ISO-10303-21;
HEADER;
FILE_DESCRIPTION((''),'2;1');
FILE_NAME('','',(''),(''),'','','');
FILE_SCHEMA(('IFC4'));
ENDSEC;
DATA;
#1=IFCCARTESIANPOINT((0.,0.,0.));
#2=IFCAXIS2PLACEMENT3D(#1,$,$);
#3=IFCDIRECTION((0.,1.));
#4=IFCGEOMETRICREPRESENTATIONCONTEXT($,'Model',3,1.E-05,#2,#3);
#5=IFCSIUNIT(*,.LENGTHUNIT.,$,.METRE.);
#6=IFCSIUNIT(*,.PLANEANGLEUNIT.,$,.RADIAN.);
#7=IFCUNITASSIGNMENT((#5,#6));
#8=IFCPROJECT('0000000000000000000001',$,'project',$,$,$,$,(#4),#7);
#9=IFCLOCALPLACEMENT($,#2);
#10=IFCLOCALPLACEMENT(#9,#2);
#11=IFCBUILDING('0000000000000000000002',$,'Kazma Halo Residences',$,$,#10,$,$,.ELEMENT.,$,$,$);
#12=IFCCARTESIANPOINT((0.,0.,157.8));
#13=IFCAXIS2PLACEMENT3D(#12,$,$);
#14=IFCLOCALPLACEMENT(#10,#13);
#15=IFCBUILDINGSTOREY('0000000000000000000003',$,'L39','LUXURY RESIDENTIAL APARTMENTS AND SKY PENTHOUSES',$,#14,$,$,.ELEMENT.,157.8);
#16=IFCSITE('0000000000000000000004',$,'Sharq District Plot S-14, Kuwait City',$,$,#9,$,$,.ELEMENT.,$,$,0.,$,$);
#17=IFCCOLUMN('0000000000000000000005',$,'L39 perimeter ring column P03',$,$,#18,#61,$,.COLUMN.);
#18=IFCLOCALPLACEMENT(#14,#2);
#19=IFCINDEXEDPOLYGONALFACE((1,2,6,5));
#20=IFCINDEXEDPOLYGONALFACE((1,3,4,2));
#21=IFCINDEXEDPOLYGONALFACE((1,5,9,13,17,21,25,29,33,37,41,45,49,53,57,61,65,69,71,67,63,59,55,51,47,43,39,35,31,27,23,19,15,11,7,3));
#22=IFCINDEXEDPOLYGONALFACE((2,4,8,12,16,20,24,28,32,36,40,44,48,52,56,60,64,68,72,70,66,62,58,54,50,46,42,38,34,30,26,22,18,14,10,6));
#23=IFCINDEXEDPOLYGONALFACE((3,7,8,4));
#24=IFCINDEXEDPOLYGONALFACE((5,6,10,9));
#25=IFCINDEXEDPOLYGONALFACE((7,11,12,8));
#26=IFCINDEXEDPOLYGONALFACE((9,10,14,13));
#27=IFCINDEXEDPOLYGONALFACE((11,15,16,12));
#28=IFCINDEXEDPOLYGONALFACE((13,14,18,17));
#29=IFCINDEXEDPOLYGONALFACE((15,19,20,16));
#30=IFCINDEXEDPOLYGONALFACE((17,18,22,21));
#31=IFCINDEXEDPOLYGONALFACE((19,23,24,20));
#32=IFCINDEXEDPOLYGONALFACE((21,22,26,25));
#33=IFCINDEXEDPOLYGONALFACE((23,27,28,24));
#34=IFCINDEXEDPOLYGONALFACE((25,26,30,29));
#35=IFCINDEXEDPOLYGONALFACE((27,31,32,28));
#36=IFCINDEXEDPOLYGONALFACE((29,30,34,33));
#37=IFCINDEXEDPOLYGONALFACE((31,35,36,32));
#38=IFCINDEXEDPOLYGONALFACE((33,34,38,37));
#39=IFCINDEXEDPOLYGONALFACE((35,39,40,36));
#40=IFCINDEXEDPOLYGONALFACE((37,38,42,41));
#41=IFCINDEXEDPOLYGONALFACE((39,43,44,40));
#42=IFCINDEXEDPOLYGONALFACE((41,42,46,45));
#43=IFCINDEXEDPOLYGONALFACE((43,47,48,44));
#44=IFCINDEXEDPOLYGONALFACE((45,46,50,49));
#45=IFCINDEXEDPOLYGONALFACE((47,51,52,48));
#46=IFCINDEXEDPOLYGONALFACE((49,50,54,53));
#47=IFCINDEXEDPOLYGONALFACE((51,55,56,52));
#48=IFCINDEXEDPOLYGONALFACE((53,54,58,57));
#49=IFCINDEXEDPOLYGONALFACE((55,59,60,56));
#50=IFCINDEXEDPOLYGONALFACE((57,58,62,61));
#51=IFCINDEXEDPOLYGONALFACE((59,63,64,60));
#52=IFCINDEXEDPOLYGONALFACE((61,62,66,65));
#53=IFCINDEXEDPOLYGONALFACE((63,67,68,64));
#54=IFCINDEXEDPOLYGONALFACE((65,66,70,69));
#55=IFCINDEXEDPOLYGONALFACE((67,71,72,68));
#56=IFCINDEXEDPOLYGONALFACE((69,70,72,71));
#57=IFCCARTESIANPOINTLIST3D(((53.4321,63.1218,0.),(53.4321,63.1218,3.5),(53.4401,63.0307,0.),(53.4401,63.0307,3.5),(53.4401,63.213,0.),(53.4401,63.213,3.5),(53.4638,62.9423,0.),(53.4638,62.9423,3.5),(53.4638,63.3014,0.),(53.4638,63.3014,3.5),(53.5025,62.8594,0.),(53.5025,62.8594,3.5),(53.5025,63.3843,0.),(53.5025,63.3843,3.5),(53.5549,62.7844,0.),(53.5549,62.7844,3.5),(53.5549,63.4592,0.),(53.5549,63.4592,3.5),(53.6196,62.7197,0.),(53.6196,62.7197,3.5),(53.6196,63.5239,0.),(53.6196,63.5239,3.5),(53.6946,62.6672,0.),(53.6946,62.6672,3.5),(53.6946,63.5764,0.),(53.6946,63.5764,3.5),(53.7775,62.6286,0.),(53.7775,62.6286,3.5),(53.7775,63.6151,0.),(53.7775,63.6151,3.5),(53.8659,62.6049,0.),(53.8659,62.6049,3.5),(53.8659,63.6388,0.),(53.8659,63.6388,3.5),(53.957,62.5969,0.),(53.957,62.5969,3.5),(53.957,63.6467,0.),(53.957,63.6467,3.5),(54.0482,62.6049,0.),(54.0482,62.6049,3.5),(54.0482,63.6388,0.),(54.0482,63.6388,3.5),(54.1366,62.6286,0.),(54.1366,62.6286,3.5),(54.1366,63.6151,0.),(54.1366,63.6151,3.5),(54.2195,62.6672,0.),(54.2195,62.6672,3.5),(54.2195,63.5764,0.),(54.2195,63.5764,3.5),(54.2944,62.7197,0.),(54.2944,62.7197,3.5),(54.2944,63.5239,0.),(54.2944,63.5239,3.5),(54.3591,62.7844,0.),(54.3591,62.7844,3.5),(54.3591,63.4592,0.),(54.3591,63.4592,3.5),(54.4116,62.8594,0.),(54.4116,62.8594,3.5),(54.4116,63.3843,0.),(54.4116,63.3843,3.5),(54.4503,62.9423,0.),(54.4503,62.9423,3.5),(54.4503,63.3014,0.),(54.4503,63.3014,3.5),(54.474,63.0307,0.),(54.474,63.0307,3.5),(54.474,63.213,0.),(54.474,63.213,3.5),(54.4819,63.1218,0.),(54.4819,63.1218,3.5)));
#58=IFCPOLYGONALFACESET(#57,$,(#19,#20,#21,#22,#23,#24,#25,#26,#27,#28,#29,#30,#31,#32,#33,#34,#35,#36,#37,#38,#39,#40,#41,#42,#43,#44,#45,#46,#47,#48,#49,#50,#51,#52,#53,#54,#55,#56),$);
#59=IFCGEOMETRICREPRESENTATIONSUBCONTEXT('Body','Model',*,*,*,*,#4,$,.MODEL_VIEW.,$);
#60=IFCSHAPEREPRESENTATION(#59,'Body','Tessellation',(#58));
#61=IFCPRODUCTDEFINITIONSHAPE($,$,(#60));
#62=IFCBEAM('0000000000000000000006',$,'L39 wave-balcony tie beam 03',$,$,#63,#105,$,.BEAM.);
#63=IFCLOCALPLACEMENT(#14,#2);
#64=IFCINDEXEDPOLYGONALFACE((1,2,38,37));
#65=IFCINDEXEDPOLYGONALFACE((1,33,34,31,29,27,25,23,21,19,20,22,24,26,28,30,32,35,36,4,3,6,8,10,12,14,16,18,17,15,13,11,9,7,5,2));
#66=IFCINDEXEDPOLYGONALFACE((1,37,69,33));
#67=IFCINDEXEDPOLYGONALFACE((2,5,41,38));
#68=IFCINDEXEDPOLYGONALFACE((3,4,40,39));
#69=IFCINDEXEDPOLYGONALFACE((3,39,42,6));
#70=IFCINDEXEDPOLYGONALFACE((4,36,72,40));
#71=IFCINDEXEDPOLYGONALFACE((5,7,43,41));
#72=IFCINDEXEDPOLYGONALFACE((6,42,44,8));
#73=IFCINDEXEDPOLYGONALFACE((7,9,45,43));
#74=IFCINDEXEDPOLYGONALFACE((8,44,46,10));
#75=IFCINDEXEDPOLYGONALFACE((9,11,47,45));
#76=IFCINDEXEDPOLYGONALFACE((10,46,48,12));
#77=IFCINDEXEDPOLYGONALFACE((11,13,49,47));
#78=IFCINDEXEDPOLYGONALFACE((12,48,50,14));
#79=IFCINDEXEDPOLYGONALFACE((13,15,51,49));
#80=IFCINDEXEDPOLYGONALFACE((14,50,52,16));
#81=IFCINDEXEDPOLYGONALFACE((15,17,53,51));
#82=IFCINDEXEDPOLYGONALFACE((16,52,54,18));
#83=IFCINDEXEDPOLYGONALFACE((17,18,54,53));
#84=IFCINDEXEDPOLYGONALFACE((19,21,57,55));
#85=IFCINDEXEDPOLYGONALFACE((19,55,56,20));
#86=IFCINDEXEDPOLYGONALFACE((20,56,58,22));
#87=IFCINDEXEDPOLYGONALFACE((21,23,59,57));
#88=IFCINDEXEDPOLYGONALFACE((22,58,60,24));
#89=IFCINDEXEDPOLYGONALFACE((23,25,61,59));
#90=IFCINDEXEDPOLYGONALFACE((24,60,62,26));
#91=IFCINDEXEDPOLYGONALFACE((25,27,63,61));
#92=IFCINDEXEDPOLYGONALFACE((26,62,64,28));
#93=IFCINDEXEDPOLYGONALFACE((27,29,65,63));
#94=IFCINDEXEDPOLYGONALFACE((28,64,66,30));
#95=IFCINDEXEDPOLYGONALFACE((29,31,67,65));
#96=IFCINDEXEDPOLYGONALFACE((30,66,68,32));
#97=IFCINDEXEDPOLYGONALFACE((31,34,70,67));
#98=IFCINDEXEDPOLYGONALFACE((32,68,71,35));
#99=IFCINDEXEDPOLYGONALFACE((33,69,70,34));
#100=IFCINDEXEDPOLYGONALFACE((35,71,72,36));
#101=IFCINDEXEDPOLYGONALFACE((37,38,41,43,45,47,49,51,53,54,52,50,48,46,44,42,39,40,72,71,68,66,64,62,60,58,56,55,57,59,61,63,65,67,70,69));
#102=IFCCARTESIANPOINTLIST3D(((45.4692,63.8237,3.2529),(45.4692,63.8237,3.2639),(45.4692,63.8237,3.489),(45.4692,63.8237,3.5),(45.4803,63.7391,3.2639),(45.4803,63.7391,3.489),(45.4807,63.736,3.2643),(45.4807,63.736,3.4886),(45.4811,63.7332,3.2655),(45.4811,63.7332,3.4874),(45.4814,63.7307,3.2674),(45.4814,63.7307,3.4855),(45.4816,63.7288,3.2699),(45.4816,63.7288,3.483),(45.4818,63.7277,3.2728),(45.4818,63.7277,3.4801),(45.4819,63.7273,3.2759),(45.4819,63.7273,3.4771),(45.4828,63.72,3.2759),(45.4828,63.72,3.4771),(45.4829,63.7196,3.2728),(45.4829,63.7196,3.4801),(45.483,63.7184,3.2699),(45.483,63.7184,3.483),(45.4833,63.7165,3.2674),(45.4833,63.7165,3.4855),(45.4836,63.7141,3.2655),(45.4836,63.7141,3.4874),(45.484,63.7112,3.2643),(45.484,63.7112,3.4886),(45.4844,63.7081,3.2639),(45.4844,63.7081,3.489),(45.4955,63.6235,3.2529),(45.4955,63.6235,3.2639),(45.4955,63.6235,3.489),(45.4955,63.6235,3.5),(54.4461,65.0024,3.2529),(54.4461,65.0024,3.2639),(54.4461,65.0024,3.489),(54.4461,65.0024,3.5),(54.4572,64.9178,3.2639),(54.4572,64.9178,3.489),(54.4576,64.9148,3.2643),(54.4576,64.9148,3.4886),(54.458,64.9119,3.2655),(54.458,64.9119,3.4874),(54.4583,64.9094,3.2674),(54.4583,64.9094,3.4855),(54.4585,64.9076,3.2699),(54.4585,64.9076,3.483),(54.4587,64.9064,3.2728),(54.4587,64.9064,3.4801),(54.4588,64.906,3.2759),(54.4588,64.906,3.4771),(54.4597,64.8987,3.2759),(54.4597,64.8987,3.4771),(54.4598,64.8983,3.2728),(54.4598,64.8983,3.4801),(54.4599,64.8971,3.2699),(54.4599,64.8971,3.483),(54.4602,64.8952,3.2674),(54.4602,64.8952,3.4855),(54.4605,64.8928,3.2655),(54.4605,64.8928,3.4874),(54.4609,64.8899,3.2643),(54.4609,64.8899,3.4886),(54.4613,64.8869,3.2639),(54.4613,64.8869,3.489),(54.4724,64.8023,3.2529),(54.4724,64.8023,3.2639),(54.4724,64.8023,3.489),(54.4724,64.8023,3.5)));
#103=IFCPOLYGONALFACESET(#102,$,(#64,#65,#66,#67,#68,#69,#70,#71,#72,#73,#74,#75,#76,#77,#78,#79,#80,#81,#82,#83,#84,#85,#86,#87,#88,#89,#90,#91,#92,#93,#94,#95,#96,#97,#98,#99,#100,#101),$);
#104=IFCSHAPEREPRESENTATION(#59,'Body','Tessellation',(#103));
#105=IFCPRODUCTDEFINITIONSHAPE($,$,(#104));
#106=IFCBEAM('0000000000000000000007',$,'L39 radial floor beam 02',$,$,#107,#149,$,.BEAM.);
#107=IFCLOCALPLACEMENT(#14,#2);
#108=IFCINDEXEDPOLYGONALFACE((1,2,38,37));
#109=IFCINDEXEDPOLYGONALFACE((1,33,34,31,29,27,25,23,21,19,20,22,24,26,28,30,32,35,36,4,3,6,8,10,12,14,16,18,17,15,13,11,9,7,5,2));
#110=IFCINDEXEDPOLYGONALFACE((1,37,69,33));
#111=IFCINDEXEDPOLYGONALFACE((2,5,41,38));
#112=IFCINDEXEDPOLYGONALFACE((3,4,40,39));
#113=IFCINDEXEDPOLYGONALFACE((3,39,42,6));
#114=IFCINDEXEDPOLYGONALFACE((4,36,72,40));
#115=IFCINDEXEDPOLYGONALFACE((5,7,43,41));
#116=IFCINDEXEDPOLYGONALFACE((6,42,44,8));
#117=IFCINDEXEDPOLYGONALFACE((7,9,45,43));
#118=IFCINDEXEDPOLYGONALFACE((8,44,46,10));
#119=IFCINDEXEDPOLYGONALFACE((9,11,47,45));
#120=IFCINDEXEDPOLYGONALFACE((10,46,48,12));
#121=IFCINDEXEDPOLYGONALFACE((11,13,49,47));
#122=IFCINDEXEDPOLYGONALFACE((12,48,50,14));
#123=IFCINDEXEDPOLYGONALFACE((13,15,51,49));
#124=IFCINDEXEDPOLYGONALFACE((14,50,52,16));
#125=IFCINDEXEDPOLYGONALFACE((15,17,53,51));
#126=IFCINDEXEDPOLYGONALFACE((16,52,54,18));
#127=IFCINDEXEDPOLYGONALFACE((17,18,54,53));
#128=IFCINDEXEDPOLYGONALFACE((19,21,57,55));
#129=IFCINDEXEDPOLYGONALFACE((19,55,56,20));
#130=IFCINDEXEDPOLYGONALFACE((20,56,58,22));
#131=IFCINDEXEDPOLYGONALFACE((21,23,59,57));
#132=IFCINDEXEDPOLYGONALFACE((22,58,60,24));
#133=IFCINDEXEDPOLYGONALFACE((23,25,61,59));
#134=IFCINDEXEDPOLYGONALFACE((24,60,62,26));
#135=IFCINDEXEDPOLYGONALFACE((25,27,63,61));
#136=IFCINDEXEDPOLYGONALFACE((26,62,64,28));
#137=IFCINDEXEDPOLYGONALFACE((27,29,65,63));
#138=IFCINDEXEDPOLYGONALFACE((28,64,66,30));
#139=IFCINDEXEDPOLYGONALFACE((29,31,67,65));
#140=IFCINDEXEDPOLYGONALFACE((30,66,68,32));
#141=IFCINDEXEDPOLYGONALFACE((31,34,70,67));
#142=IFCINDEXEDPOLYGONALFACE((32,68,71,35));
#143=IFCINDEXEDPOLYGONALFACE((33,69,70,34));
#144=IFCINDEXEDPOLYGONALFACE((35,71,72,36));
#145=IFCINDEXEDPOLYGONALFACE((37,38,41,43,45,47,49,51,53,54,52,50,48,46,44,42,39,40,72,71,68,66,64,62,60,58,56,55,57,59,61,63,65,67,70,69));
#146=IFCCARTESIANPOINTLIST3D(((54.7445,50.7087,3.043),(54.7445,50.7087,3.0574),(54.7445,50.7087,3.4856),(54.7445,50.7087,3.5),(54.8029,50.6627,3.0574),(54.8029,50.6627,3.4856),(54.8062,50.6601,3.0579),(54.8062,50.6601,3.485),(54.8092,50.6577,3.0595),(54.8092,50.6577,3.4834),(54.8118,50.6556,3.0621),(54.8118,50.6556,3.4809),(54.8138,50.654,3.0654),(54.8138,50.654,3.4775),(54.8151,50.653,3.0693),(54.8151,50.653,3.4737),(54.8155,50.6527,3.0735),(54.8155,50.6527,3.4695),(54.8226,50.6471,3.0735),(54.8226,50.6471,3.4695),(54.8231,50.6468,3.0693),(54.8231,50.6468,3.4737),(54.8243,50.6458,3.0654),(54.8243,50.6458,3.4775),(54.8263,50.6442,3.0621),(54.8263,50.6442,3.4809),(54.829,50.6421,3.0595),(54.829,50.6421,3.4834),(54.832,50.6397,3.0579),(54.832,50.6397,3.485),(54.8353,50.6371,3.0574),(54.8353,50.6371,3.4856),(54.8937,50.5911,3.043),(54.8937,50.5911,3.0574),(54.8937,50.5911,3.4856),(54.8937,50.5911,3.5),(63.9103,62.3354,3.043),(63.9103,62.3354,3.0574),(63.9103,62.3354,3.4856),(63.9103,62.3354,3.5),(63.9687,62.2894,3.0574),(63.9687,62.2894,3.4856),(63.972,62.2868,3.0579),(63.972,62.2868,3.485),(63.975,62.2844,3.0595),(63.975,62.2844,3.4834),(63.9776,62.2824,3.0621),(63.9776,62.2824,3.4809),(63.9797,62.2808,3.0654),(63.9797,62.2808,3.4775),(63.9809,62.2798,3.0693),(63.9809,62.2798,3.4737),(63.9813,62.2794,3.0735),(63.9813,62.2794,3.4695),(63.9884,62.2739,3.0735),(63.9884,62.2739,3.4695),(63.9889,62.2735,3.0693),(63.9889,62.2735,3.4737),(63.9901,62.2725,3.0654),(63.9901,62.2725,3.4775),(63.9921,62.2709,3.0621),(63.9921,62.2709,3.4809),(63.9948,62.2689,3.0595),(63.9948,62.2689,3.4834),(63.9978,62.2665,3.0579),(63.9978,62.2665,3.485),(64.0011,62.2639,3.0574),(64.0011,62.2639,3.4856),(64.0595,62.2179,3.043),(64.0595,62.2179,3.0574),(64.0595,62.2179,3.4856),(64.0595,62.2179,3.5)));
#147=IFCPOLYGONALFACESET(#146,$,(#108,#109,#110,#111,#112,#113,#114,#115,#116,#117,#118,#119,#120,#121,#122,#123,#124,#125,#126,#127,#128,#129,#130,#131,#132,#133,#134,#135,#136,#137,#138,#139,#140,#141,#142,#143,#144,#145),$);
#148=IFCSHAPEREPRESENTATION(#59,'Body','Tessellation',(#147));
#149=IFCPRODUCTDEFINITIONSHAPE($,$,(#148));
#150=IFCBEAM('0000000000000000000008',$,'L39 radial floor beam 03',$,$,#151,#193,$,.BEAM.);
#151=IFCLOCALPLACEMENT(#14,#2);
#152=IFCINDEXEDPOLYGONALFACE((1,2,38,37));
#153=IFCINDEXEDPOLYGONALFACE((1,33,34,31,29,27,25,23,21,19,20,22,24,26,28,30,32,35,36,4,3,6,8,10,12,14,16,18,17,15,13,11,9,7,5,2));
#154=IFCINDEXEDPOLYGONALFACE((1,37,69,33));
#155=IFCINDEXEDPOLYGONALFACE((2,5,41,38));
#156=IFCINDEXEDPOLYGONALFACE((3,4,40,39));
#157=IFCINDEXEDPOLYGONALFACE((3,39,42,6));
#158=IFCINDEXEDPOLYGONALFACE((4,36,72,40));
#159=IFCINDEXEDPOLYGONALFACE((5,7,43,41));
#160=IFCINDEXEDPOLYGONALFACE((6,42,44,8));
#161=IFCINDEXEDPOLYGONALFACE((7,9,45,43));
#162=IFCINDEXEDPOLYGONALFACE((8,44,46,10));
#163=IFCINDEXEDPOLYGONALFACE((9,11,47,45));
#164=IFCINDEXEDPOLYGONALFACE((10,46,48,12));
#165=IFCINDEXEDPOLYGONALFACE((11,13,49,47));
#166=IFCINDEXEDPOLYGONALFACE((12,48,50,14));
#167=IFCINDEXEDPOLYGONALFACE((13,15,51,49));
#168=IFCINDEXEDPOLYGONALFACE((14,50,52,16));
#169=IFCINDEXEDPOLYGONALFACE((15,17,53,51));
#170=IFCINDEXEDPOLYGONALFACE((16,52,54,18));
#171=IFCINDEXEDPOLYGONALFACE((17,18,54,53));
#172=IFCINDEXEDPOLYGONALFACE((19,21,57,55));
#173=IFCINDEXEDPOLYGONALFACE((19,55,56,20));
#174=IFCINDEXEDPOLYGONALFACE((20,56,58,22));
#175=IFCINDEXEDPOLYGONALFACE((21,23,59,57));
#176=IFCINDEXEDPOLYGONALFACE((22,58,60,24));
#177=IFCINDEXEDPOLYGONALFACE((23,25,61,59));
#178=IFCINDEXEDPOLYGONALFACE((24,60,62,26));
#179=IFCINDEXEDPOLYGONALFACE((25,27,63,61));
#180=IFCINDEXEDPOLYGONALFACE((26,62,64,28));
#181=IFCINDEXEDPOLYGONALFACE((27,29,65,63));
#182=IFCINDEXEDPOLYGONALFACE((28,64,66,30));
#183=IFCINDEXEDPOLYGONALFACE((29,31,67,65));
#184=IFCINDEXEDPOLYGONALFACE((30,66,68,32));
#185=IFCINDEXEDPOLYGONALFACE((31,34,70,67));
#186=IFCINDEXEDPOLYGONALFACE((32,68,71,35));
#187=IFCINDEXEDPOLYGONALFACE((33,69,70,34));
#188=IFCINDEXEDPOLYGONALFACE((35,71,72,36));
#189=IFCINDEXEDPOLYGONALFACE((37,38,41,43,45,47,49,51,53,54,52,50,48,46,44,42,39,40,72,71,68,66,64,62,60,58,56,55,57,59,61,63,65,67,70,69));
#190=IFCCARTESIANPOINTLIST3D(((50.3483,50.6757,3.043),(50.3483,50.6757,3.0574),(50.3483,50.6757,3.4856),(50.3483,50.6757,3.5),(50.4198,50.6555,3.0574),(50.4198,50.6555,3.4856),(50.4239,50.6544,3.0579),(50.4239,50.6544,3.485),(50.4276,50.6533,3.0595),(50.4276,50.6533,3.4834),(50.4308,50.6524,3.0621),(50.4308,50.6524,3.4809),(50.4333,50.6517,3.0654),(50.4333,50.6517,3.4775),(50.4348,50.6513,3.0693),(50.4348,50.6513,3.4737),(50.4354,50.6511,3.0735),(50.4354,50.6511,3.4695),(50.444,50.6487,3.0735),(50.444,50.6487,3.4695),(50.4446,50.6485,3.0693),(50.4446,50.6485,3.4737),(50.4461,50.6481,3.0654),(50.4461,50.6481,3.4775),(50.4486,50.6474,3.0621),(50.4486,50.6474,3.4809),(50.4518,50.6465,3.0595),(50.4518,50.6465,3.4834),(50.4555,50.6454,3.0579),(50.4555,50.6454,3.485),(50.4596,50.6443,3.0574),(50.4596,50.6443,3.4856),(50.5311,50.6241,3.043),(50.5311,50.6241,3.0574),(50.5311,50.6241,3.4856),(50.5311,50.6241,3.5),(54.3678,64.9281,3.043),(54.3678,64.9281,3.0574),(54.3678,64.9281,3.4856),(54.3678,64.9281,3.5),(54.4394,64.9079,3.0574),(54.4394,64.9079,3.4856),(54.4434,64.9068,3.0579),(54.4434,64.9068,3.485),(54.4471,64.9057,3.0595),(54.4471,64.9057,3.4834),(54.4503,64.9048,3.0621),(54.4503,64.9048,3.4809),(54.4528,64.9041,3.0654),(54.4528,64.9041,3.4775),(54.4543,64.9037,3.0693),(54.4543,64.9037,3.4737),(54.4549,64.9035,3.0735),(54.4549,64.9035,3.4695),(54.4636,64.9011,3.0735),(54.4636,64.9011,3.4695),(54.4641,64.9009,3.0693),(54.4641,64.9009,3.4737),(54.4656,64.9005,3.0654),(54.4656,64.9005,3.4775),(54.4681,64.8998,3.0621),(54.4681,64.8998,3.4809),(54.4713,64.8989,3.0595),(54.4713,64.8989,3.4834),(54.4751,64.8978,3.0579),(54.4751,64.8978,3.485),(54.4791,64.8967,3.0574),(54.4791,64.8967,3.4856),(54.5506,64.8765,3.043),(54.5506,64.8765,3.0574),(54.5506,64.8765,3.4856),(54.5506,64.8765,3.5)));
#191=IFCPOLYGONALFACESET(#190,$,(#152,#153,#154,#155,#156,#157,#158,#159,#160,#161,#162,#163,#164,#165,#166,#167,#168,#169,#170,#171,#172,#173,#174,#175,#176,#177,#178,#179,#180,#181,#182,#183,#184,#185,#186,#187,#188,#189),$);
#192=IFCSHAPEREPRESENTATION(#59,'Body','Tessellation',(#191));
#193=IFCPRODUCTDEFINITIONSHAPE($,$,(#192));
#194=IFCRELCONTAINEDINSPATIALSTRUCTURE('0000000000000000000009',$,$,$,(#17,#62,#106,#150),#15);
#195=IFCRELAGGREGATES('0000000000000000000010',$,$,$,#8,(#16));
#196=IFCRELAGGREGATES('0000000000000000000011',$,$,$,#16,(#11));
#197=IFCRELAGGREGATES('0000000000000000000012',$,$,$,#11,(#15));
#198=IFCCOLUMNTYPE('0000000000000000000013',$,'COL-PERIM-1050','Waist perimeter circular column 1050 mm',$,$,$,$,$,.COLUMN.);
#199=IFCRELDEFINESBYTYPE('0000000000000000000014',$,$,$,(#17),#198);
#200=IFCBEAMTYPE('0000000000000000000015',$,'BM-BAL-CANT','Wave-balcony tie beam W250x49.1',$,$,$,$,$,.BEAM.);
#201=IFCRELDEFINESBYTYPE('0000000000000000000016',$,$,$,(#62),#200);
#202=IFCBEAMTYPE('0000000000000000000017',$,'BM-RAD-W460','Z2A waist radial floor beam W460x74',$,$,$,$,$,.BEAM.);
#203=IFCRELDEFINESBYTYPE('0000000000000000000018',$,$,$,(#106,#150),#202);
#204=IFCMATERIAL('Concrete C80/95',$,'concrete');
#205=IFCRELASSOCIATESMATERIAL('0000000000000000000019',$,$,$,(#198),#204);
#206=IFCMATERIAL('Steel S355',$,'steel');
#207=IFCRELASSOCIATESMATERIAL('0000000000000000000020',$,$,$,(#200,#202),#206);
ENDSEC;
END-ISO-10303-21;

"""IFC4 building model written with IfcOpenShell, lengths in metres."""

from ifc_helpers import new_model, si_unit, direction, frame, origin, origin_2d, place, context, subcontext, project, spatial, circle, i_section, extrude, material, material_profile, profile_set, type_object, element, save


model = new_model("IFC4")

# Units and contexts
model_context = context("Model", 3, precision=1e-05, world=origin(), true_north=direction((0.0, 1.0)))
body_context = subcontext(model_context, "Body", "Model", "MODEL_VIEW")
ifc_project = project(units=[si_unit("LENGTHUNIT", "METRE"), si_unit("PLANEANGLEUNIT", "RADIAN")], contexts=[model_context])

# Site, building, storey
site_placement = place(None, origin())
site = spatial("IfcSite", under=ifc_project, at=site_placement, Name="Sharq District Plot S-14, Kuwait City", CompositionType="ELEMENT", RefElevation=0.0)
building_placement = place(site_placement, origin())
building = spatial("IfcBuilding", under=site, at=building_placement, Name="Kazma Halo Residences", CompositionType="ELEMENT")
storey_placement = place(building_placement, frame((0.0, 0.0, 157.8)))
storey = spatial("IfcBuildingStorey", under=building, at=storey_placement, Name="L39", Description="LUXURY RESIDENTIAL APARTMENTS AND SKY PENTHOUSES", CompositionType="ELEMENT", Elevation=157.8)

# Column
ifc_material_1 = material(Name="Concrete C80/95", Category="concrete")
ifc_material_profile_1 = material_profile(ifc_material_1, circle(Radius=0.5249, at=origin_2d()), Name="CIRC1050")
ifc_profile_set_1 = profile_set([ifc_material_profile_1], Name="Concrete C80/95")
column_type = type_object("IfcColumnType", Name="COL-PERIM-1050", Description="Waist perimeter circular column 1050 mm", PredefinedType="COLUMN", material=ifc_profile_set_1)
column_placement = place(storey_placement, frame((53.957, 63.1218, 0.0), z_axis=(0.0, 0.0, 1.0), x_axis=(1.0, 0.0, 0.0)))
element("IfcColumn", 1, at=column_placement, inside=storey, type_object=column_type, Name="L39 perimeter ring column P03", PredefinedType="COLUMN", context=body_context, shape_type="SweptSolid", body=[
    extrude(circle(Radius=0.5249, at=origin_2d()), origin(), (0.0, 0.0, 1.0), 3.5),
])

# Beams
ifc_material_2 = material(Name="Steel S355", Category="steel")
ifc_material_profile_2 = material_profile(ifc_material_2, i_section(OverallWidth=0.2019, OverallDepth=0.2471, WebThickness=0.0073, FlangeThickness=0.011, FilletRadius=0.012, at=origin_2d()), Name="W250x49.1")
ifc_profile_set_2 = profile_set([ifc_material_profile_2], Name="Steel S355")
beam_type_1 = type_object("IfcBeamType", Name="BM-BAL-CANT", Description="Wave-balcony tie beam W250x49.1", PredefinedType="BEAM", material=ifc_profile_set_2)
beam_1_placement = place(storey_placement, frame((54.4592, 64.9023, 3.3765), z_axis=(-0.991489, -0.130189, 0.0), x_axis=(0.130189, -0.991489, 0.0)))
element("IfcBeam", 2, at=beam_1_placement, inside=storey, type_object=beam_type_1, Name="L39 wave-balcony tie beam 03", PredefinedType="BEAM", context=body_context, shape_type="SweptSolid", body=[
    extrude(i_section(OverallWidth=0.2019, OverallDepth=0.2471, WebThickness=0.0073, FlangeThickness=0.011, FilletRadius=0.012, at=origin_2d()), origin(), (0.0, 0.0, 1.0), 9.054),
])
ifc_material_profile_3 = material_profile(ifc_material_2, i_section(OverallWidth=0.1899, OverallDepth=0.457, WebThickness=0.009, FlangeThickness=0.0144, FilletRadius=0.0161, at=origin_2d()), Name="W460x74")
ifc_profile_set_3 = profile_set([ifc_material_profile_3], Name="Steel S355")
beam_type_2 = type_object("IfcBeamType", Name="BM-RAD-W460", Description="Z2A waist radial floor beam W460x74", PredefinedType="BEAM", material=ifc_profile_set_3)
beam_2_placement = place(storey_placement, frame((54.8191, 50.6499, 3.2715), z_axis=(0.619094, 0.785316, 0.0), x_axis=(-0.785316, 0.619094, 0.0)))
element("IfcBeam", 3, at=beam_2_placement, inside=storey, type_object=beam_type_2, Name="L39 radial floor beam 02", PredefinedType="BEAM", context=body_context, shape_type="SweptSolid", body=[
    extrude(i_section(OverallWidth=0.1899, OverallDepth=0.457, WebThickness=0.009, FlangeThickness=0.0144, FilletRadius=0.0161, at=origin_2d()), origin(), (0.0, 0.0, 1.0), 14.8052),
])
beam_3_placement = place(storey_placement, frame((50.4397, 50.6499, 3.2715), z_axis=(0.271436, 0.962457, 0.0), x_axis=(-0.962457, 0.271436, 0.0)))
element("IfcBeam", 4, at=beam_3_placement, inside=storey, type_object=beam_type_2, Name="L39 radial floor beam 03", PredefinedType="BEAM", context=body_context, shape_type="SweptSolid", body=[
    extrude(i_section(OverallWidth=0.1899, OverallDepth=0.457, WebThickness=0.009, FlangeThickness=0.0144, FilletRadius=0.0161, at=origin_2d()), origin(), (0.0, 0.0, 1.0), 14.8083),
])

save(model, "model.ifc")
